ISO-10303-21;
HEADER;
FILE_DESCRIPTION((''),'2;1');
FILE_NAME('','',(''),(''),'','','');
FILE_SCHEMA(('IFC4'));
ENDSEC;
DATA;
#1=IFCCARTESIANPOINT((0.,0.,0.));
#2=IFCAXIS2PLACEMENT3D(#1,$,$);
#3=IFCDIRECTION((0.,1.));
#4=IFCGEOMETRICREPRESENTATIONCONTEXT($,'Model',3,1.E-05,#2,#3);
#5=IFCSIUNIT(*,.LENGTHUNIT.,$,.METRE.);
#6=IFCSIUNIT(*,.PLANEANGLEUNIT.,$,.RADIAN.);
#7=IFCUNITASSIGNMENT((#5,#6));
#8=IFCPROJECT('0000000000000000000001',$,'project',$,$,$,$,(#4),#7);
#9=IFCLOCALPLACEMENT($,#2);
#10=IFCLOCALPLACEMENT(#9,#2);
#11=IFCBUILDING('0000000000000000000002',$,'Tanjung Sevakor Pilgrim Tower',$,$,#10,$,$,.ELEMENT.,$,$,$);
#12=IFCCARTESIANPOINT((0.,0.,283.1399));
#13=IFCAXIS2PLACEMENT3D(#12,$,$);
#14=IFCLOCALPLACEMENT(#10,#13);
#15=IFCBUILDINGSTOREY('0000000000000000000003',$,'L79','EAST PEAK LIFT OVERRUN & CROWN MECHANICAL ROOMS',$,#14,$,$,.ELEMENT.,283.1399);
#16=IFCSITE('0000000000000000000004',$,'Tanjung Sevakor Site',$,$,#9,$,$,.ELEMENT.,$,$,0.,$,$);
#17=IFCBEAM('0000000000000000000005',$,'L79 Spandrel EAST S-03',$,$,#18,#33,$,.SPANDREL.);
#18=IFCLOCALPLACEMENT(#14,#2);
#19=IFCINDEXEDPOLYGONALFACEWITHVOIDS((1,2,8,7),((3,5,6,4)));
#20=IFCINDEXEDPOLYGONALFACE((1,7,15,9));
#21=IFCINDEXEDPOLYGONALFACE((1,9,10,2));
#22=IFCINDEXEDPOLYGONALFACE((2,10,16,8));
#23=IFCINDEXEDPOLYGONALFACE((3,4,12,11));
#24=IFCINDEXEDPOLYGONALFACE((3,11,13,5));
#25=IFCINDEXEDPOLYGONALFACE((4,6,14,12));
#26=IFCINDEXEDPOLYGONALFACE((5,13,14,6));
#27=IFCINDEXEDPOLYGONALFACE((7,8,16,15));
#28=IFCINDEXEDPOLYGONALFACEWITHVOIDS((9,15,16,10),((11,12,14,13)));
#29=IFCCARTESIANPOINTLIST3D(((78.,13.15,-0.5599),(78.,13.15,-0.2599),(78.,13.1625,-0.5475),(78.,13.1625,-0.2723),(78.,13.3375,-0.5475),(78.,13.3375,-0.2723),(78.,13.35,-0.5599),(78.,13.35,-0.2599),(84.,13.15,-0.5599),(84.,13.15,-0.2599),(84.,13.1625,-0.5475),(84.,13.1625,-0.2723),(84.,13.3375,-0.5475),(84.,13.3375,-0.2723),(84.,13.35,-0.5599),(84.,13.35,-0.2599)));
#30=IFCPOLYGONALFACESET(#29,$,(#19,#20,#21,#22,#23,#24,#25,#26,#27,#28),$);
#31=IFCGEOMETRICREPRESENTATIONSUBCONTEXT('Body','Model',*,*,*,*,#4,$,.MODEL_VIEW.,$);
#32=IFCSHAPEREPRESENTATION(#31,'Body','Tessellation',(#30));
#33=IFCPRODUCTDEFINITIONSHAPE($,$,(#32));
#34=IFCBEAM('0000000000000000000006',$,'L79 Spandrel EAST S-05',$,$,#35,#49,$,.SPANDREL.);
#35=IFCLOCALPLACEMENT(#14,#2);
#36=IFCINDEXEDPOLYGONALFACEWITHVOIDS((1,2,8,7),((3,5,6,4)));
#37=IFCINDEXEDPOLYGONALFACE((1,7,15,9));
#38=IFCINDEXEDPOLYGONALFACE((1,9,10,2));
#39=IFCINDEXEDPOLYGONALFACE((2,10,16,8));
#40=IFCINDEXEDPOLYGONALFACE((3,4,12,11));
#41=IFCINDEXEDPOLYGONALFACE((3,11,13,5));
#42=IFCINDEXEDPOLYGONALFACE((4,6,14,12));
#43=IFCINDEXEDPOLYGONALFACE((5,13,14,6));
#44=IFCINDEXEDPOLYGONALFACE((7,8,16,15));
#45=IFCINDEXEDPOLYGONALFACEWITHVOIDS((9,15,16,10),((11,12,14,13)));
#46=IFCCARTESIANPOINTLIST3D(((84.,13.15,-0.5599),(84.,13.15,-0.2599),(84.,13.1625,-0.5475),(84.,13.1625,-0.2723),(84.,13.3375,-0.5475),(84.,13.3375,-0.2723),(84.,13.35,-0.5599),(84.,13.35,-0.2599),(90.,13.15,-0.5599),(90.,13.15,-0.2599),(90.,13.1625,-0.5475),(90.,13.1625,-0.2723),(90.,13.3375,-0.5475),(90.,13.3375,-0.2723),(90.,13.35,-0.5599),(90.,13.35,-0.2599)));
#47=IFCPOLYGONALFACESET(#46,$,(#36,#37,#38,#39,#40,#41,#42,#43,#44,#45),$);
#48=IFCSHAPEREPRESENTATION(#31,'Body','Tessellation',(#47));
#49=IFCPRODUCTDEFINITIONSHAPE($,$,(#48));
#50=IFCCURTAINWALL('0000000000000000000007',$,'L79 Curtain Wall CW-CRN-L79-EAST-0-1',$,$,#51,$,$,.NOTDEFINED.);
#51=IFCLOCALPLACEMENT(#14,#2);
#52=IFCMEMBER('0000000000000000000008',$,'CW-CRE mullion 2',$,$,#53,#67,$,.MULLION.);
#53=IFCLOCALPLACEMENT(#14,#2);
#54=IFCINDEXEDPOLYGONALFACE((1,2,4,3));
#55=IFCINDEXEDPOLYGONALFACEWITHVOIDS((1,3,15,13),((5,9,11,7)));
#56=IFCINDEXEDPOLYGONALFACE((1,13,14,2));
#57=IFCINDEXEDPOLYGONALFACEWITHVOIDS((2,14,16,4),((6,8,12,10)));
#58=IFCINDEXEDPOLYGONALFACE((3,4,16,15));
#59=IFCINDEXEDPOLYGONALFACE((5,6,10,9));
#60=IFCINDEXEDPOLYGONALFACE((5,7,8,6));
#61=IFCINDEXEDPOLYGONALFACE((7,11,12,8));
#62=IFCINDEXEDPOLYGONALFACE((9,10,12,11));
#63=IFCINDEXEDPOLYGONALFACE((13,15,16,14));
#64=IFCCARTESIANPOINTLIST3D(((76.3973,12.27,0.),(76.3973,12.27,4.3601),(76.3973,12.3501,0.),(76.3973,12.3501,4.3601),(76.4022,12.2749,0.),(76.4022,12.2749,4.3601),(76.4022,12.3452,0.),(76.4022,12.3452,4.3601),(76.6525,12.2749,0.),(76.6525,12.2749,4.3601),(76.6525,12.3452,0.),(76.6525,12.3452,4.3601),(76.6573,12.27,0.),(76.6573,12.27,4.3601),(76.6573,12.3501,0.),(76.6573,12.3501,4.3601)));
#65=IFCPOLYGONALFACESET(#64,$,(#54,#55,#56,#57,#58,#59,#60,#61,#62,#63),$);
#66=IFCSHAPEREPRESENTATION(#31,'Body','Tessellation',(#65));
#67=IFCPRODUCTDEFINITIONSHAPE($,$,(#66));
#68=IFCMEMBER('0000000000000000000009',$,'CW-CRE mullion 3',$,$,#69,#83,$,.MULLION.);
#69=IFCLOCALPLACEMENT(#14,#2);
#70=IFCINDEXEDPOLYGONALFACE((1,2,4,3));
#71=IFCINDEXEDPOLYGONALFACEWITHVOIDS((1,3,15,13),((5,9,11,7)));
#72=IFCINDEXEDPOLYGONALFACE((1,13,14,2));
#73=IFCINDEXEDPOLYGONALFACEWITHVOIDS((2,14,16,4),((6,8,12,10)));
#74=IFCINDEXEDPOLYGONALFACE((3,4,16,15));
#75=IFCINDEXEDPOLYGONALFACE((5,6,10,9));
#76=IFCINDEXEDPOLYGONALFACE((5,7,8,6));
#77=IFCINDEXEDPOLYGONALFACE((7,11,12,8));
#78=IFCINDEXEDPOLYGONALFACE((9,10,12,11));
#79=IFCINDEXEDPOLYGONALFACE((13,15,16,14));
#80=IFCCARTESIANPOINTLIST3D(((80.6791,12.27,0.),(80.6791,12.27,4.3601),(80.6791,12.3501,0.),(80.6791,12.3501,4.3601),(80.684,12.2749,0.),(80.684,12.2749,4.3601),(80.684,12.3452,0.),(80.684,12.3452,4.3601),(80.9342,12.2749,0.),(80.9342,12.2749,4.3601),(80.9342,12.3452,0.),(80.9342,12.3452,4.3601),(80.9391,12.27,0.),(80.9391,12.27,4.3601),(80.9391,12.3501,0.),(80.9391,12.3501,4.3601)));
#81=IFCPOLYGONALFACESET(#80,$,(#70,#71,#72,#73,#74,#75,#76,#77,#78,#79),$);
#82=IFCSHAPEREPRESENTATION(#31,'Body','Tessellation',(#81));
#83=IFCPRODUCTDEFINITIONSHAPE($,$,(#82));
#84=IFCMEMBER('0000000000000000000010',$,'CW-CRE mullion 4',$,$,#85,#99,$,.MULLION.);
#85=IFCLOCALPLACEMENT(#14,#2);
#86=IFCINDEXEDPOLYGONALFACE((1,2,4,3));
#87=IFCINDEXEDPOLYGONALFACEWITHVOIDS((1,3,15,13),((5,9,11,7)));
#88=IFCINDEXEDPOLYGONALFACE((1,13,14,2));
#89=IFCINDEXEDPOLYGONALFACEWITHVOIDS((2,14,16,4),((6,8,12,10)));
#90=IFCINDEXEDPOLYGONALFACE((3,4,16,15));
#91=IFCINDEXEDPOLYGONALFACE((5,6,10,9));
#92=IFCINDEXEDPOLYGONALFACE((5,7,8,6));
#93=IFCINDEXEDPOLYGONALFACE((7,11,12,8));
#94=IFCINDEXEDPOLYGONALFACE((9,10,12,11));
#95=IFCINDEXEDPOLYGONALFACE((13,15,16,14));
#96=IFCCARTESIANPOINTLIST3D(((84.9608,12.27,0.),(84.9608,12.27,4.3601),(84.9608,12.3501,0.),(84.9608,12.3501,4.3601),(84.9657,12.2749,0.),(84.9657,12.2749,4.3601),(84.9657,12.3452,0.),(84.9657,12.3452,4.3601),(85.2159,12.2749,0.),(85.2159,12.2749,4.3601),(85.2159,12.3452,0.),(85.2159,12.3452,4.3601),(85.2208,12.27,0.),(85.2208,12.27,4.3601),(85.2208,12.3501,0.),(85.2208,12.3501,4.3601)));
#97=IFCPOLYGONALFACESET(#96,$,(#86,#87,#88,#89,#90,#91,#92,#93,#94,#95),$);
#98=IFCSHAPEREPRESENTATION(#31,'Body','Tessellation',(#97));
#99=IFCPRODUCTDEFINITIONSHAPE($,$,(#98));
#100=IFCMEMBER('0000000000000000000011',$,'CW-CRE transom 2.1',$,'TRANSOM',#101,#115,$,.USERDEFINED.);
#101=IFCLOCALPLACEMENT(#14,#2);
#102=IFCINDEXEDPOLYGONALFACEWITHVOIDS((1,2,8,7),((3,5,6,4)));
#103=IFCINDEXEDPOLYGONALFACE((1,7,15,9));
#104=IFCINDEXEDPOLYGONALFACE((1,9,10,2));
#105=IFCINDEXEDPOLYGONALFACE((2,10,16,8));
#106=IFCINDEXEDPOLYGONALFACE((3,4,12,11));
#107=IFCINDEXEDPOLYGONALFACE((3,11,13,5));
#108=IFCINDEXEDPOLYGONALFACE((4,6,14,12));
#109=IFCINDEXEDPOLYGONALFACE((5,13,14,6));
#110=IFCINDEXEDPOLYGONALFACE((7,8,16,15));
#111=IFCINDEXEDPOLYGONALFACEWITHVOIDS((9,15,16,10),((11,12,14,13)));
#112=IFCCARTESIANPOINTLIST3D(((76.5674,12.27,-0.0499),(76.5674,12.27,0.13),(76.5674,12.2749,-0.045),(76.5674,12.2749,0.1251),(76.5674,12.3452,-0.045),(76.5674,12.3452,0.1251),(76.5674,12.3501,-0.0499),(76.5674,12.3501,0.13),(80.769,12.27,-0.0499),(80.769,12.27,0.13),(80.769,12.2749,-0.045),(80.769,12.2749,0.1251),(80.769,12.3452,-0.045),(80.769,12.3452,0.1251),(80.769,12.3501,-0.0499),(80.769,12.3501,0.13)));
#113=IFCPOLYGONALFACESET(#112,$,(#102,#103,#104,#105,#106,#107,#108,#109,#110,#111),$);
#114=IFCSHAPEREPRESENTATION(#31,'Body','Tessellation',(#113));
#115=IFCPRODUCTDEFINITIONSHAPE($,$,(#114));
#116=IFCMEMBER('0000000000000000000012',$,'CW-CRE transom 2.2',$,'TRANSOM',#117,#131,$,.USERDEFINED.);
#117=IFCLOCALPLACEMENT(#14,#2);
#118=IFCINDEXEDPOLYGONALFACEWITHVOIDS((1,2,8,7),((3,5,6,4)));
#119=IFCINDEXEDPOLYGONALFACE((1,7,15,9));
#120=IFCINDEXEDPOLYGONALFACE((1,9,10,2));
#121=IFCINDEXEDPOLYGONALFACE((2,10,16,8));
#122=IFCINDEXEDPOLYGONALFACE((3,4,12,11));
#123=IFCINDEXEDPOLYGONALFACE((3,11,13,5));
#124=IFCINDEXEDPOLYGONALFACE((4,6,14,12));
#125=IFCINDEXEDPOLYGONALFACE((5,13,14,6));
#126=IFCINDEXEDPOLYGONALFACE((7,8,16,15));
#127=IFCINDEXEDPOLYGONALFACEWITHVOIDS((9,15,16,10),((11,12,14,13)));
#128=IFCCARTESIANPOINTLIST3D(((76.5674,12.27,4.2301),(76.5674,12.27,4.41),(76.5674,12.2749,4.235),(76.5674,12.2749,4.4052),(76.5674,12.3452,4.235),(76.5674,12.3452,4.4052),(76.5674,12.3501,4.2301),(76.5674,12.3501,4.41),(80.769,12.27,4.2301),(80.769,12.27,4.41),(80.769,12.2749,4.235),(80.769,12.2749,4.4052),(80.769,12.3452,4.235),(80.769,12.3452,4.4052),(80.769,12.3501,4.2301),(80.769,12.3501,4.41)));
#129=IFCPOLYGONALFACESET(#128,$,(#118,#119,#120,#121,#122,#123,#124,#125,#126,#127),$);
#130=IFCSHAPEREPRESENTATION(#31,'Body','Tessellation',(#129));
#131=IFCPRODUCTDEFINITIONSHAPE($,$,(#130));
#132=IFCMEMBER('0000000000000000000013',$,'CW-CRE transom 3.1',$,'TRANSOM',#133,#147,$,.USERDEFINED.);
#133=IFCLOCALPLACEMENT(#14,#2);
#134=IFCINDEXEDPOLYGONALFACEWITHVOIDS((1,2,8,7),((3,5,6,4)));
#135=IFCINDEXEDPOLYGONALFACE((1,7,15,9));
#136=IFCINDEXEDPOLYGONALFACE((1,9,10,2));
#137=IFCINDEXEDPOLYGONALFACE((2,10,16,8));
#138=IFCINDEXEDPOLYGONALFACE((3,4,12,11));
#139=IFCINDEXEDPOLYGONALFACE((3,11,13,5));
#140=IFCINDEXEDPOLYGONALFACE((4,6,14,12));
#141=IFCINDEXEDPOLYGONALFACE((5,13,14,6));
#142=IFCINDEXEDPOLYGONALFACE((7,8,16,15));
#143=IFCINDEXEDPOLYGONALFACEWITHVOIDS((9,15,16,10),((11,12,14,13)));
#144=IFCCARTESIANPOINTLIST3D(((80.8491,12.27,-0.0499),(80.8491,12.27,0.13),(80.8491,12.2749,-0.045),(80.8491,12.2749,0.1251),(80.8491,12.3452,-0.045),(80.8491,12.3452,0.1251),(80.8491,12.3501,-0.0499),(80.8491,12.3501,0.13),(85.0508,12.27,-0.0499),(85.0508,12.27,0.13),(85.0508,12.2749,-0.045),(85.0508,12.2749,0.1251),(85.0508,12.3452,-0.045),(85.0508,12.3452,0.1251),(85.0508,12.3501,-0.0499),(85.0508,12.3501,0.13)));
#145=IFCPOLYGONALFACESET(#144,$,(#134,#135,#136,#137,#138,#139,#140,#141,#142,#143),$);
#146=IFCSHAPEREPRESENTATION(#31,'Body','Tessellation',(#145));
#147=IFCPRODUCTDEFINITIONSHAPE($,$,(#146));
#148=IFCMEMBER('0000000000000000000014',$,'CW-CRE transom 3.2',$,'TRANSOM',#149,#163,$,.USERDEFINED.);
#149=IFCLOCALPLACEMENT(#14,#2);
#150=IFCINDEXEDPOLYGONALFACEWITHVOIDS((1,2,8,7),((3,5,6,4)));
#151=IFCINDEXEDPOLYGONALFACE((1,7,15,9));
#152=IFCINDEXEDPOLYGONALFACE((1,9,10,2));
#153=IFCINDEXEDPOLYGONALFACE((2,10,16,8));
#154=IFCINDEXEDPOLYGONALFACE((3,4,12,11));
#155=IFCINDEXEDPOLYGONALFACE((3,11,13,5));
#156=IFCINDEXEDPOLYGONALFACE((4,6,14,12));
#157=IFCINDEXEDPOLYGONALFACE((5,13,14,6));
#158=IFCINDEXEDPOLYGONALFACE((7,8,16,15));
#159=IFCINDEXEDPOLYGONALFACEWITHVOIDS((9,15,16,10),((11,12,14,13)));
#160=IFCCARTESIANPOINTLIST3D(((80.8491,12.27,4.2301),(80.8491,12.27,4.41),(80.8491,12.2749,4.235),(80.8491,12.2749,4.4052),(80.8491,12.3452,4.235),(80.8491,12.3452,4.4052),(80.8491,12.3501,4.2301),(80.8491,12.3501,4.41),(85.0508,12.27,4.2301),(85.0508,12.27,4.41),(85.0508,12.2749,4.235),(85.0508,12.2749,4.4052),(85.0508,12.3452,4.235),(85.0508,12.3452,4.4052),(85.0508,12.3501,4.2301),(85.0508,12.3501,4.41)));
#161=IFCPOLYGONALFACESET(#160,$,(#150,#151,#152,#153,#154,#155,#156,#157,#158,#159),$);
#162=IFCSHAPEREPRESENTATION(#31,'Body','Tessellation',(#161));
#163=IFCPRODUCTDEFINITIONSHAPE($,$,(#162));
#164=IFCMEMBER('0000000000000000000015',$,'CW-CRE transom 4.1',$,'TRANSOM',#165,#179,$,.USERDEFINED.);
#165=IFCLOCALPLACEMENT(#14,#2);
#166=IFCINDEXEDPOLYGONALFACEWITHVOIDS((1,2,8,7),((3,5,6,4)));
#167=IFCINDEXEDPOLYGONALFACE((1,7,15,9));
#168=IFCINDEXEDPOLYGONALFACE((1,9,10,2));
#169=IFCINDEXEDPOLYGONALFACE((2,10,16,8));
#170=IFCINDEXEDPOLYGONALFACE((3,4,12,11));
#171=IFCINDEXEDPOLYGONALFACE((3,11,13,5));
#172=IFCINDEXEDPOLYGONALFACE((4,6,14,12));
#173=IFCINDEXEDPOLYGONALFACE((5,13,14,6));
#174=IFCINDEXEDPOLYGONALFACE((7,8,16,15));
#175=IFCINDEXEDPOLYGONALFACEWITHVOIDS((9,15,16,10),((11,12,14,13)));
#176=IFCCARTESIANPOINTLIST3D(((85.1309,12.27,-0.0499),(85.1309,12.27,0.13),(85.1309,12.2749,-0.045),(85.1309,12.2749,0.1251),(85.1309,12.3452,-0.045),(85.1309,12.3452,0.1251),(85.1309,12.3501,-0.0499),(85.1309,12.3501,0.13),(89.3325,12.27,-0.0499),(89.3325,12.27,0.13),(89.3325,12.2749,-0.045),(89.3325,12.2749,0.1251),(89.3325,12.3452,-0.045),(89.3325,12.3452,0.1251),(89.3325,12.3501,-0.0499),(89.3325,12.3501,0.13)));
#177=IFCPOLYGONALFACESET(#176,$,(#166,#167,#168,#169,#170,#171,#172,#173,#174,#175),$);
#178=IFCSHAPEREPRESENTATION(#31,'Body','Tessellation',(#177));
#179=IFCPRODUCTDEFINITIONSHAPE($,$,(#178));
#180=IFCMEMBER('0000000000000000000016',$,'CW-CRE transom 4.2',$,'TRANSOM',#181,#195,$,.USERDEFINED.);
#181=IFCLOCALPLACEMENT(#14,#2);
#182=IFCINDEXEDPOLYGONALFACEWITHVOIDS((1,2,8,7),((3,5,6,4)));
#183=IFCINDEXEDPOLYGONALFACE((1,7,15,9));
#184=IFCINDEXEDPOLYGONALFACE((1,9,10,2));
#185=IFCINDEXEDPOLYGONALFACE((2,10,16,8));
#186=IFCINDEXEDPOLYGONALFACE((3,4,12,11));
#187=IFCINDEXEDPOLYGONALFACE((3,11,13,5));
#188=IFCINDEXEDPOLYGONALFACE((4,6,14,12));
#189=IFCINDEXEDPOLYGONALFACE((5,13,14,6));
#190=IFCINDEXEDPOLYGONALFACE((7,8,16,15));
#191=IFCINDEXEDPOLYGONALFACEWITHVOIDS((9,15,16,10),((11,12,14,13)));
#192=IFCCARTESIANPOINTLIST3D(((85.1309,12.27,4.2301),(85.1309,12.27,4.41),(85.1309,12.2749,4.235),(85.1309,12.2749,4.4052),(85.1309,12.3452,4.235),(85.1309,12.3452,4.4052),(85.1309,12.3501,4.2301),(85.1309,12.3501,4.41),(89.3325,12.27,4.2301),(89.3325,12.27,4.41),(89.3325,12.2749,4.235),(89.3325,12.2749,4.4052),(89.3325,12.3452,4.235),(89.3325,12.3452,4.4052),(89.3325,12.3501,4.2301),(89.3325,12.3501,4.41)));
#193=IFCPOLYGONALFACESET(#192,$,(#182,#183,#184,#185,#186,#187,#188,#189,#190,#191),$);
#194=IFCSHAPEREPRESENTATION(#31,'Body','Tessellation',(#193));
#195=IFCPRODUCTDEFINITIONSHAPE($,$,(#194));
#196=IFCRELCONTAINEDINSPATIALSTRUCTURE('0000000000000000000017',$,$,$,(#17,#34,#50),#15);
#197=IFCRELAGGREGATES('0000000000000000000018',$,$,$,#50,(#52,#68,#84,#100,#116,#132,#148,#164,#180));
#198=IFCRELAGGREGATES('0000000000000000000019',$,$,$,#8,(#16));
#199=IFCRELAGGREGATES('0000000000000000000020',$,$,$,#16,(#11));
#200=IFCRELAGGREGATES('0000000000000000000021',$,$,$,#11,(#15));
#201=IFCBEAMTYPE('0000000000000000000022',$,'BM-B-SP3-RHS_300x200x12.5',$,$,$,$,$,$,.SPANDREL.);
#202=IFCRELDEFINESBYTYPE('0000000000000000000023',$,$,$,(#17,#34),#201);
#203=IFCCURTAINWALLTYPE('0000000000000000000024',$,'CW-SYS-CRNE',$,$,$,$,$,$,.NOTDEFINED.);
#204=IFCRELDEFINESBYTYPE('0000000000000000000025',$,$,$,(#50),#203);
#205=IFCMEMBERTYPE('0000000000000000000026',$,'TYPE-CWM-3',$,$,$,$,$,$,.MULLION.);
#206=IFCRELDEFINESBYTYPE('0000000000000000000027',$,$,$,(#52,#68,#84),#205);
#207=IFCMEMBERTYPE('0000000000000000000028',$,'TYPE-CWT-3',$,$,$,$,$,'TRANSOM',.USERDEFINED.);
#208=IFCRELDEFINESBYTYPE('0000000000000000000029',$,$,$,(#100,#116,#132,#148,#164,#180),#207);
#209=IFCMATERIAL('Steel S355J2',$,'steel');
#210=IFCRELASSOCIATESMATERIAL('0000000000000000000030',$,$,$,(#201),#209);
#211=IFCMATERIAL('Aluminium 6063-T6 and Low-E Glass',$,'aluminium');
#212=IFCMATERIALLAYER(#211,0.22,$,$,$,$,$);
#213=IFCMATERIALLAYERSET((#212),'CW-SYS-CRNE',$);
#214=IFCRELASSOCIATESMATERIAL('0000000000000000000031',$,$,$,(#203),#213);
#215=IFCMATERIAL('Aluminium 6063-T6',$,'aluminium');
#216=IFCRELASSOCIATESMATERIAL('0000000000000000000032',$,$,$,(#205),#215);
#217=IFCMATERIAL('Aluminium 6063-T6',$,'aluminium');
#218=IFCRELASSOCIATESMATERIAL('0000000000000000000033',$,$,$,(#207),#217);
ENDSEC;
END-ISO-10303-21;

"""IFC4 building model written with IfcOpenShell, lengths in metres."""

from ifc_helpers import new_model, si_unit, direction, frame, origin, origin_2d, place, context, subcontext, project, spatial, hollow_rectangle, extrude, material, layer, layer_set, material_profile, profile_set, type_object, element, aggregate, save


model = new_model("IFC4")

# Units and contexts
model_context = context("Model", 3, precision=1e-05, world=origin(), true_north=direction((0.0, 1.0)))
body_context = subcontext(model_context, "Body", "Model", "MODEL_VIEW")
ifc_project = project(units=[si_unit("LENGTHUNIT", "METRE"), si_unit("PLANEANGLEUNIT", "RADIAN")], contexts=[model_context])

# Site, building, storey
site_placement = place(None, origin())
site = spatial("IfcSite", under=ifc_project, at=site_placement, Name="Tanjung Sevakor Site", CompositionType="ELEMENT", RefElevation=0.0)
building_placement = place(site_placement, origin())
building = spatial("IfcBuilding", under=site, at=building_placement, Name="Tanjung Sevakor Pilgrim Tower", CompositionType="ELEMENT")
storey_placement = place(building_placement, frame((0.0, 0.0, 283.1399)))
storey = spatial("IfcBuildingStorey", under=building, at=storey_placement, Name="L79", Description="EAST PEAK LIFT OVERRUN & CROWN MECHANICAL ROOMS", CompositionType="ELEMENT", Elevation=283.1399)

# Beams
ifc_material_1 = material(Name="Steel S355J2", Category="steel")
ifc_material_profile_1 = material_profile(ifc_material_1, hollow_rectangle(XDim=0.2, YDim=0.3, WallThickness=0.0125, at=origin_2d()))
ifc_profile_set_1 = profile_set([ifc_material_profile_1], Name="Steel S355J2")
beam_type_1 = type_object("IfcBeamType", Name="BM-B-SP3-RHS_300x200x12.5", PredefinedType="SPANDREL", material=ifc_profile_set_1)
for number, where, z_axis, x_axis, name in (
    (1, (78.0, 13.25, -0.4099), (1.0, 0.0, 0.0), (0.0, 1.0, 0.0), "L79 Spandrel EAST S-03"),
    (2, (84.0, 13.25, -0.4099), (1.0, 0.0, 0.0), (0.0, 1.0, 0.0), "L79 Spandrel EAST S-05"),
):
    element("IfcBeam", number, at=place(storey_placement, frame(where, z_axis=z_axis, x_axis=x_axis)), inside=storey, type_object=beam_type_1, Name=name, PredefinedType="SPANDREL", context=body_context, shape_type="SweptSolid", body=[
        extrude(hollow_rectangle(XDim=0.2, YDim=0.3, WallThickness=0.0125, at=origin_2d()), origin(), (0.0, 0.0, 1.0), 6.0),
    ])

# Curtain wall, members
ifc_material_2 = material(Name="Aluminium 6063-T6 and Low-E Glass", Category="aluminium")
ifc_layer_1 = layer(ifc_material_2, 0.22)
ifc_layer_set_1 = layer_set([ifc_layer_1], Name="CW-SYS-CRNE")
curtain_wall_type = type_object("IfcCurtainWallType", Name="CW-SYS-CRNE", PredefinedType="NOTDEFINED", material=ifc_layer_set_1)
curtain_wall_placement = place(storey_placement, origin())
curtain_wall = element("IfcCurtainWall", 3, at=curtain_wall_placement, inside=storey, type_object=curtain_wall_type, Name="L79 Curtain Wall CW-CRN-L79-EAST-0-1", PredefinedType="NOTDEFINED")
ifc_material_3 = material(Name="Aluminium 6063-T6", Category="aluminium")
ifc_material_profile_2 = material_profile(ifc_material_3, hollow_rectangle(XDim=0.0801, YDim=0.26, WallThickness=0.0049, at=origin_2d()))
ifc_profile_set_2 = profile_set([ifc_material_profile_2], Name="Aluminium 6063-T6")
member_type_1 = type_object("IfcMemberType", Name="TYPE-CWM-3", PredefinedType="MULLION", material=ifc_profile_set_2)
member_1_placement = place(storey_placement, frame((76.5273, 12.3101, 0.0), z_axis=(0.0, 0.0, 1.0), x_axis=(0.0, 1.0, 0.0)))
member_1 = element("IfcMember", 4, at=member_1_placement, type_object=member_type_1, Name="CW-CRE mullion 2", PredefinedType="MULLION", context=body_context, shape_type="SweptSolid", body=[
    extrude(hollow_rectangle(XDim=0.0801, YDim=0.26, WallThickness=0.0049, at=origin_2d()), origin(), (0.0, 0.0, 1.0), 4.3601),
])
member_2_placement = place(storey_placement, frame((80.8091, 12.3101, 0.0), z_axis=(0.0, 0.0, 1.0), x_axis=(0.0, 1.0, 0.0)))
member_2 = element("IfcMember", 5, at=member_2_placement, type_object=member_type_1, Name="CW-CRE mullion 3", PredefinedType="MULLION", context=body_context, shape_type="SweptSolid", body=[
    extrude(hollow_rectangle(XDim=0.0801, YDim=0.26, WallThickness=0.0049, at=origin_2d()), origin(), (0.0, 0.0, 1.0), 4.3601),
])
member_3_placement = place(storey_placement, frame((85.0908, 12.3101, 0.0), z_axis=(0.0, 0.0, 1.0), x_axis=(0.0, 1.0, 0.0)))
member_3 = element("IfcMember", 6, at=member_3_placement, type_object=member_type_1, Name="CW-CRE mullion 4", PredefinedType="MULLION", context=body_context, shape_type="SweptSolid", body=[
    extrude(hollow_rectangle(XDim=0.0801, YDim=0.26, WallThickness=0.0049, at=origin_2d()), origin(), (0.0, 0.0, 1.0), 4.3601),
])
ifc_material_4 = material(Name="Aluminium 6063-T6", Category="aluminium")
ifc_material_profile_3 = material_profile(ifc_material_4, hollow_rectangle(XDim=0.0801, YDim=0.1799, WallThickness=0.0049, at=origin_2d()))
ifc_profile_set_3 = profile_set([ifc_material_profile_3], Name="Aluminium 6063-T6")
member_type_2 = type_object("IfcMemberType", Name="TYPE-CWT-3", ElementType="TRANSOM", PredefinedType="USERDEFINED", material=ifc_profile_set_3)
member_4_placement = place(storey_placement, frame((76.5674, 12.3101, 0.04), z_axis=(1.0, 0.0, 0.0), x_axis=(0.0, 1.0, 0.0)))
member_4 = element("IfcMember", 7, at=member_4_placement, type_object=member_type_2, Name="CW-CRE transom 2.1", ObjectType="TRANSOM", PredefinedType="USERDEFINED", context=body_context, shape_type="SweptSolid", body=[
    extrude(hollow_rectangle(XDim=0.0801, YDim=0.1799, WallThickness=0.0049, at=origin_2d()), origin(), (0.0, 0.0, 1.0), 4.2017),
])
member_5_placement = place(storey_placement, frame((76.5674, 12.3101, 4.3201), z_axis=(1.0, 0.0, 0.0), x_axis=(0.0, 1.0, 0.0)))
member_5 = element("IfcMember", 8, at=member_5_placement, type_object=member_type_2, Name="CW-CRE transom 2.2", ObjectType="TRANSOM", PredefinedType="USERDEFINED", context=body_context, shape_type="SweptSolid", body=[
    extrude(hollow_rectangle(XDim=0.0801, YDim=0.1799, WallThickness=0.0049, at=origin_2d()), origin(), (0.0, 0.0, 1.0), 4.2017),
])
member_6_placement = place(storey_placement, frame((80.8491, 12.3101, 0.04), z_axis=(1.0, 0.0, 0.0), x_axis=(0.0, 1.0, 0.0)))
member_6 = element("IfcMember", 9, at=member_6_placement, type_object=member_type_2, Name="CW-CRE transom 3.1", ObjectType="TRANSOM", PredefinedType="USERDEFINED", context=body_context, shape_type="SweptSolid", body=[
    extrude(hollow_rectangle(XDim=0.0801, YDim=0.1799, WallThickness=0.0049, at=origin_2d()), origin(), (0.0, 0.0, 1.0), 4.2017),
])
member_7_placement = place(storey_placement, frame((80.8491, 12.3101, 4.3201), z_axis=(1.0, 0.0, 0.0), x_axis=(0.0, 1.0, 0.0)))
member_7 = element("IfcMember", 10, at=member_7_placement, type_object=member_type_2, Name="CW-CRE transom 3.2", ObjectType="TRANSOM", PredefinedType="USERDEFINED", context=body_context, shape_type="SweptSolid", body=[
    extrude(hollow_rectangle(XDim=0.0801, YDim=0.1799, WallThickness=0.0049, at=origin_2d()), origin(), (0.0, 0.0, 1.0), 4.2017),
])
member_8_placement = place(storey_placement, frame((85.1309, 12.3101, 0.04), z_axis=(1.0, 0.0, 0.0), x_axis=(0.0, 1.0, 0.0)))
member_8 = element("IfcMember", 11, at=member_8_placement, type_object=member_type_2, Name="CW-CRE transom 4.1", ObjectType="TRANSOM", PredefinedType="USERDEFINED", context=body_context, shape_type="SweptSolid", body=[
    extrude(hollow_rectangle(XDim=0.0801, YDim=0.1799, WallThickness=0.0049, at=origin_2d()), origin(), (0.0, 0.0, 1.0), 4.2017),
])
member_9_placement = place(storey_placement, frame((85.1309, 12.3101, 4.3201), z_axis=(1.0, 0.0, 0.0), x_axis=(0.0, 1.0, 0.0)))
member_9 = element("IfcMember", 12, at=member_9_placement, type_object=member_type_2, Name="CW-CRE transom 4.2", ObjectType="TRANSOM", PredefinedType="USERDEFINED", context=body_context, shape_type="SweptSolid", body=[
    extrude(hollow_rectangle(XDim=0.0801, YDim=0.1799, WallThickness=0.0049, at=origin_2d()), origin(), (0.0, 0.0, 1.0), 4.2017),
])
aggregate(curtain_wall, [member_1, member_2, member_3, member_4, member_5, member_6, member_7, member_8, member_9])

save(model, "model.ifc")
